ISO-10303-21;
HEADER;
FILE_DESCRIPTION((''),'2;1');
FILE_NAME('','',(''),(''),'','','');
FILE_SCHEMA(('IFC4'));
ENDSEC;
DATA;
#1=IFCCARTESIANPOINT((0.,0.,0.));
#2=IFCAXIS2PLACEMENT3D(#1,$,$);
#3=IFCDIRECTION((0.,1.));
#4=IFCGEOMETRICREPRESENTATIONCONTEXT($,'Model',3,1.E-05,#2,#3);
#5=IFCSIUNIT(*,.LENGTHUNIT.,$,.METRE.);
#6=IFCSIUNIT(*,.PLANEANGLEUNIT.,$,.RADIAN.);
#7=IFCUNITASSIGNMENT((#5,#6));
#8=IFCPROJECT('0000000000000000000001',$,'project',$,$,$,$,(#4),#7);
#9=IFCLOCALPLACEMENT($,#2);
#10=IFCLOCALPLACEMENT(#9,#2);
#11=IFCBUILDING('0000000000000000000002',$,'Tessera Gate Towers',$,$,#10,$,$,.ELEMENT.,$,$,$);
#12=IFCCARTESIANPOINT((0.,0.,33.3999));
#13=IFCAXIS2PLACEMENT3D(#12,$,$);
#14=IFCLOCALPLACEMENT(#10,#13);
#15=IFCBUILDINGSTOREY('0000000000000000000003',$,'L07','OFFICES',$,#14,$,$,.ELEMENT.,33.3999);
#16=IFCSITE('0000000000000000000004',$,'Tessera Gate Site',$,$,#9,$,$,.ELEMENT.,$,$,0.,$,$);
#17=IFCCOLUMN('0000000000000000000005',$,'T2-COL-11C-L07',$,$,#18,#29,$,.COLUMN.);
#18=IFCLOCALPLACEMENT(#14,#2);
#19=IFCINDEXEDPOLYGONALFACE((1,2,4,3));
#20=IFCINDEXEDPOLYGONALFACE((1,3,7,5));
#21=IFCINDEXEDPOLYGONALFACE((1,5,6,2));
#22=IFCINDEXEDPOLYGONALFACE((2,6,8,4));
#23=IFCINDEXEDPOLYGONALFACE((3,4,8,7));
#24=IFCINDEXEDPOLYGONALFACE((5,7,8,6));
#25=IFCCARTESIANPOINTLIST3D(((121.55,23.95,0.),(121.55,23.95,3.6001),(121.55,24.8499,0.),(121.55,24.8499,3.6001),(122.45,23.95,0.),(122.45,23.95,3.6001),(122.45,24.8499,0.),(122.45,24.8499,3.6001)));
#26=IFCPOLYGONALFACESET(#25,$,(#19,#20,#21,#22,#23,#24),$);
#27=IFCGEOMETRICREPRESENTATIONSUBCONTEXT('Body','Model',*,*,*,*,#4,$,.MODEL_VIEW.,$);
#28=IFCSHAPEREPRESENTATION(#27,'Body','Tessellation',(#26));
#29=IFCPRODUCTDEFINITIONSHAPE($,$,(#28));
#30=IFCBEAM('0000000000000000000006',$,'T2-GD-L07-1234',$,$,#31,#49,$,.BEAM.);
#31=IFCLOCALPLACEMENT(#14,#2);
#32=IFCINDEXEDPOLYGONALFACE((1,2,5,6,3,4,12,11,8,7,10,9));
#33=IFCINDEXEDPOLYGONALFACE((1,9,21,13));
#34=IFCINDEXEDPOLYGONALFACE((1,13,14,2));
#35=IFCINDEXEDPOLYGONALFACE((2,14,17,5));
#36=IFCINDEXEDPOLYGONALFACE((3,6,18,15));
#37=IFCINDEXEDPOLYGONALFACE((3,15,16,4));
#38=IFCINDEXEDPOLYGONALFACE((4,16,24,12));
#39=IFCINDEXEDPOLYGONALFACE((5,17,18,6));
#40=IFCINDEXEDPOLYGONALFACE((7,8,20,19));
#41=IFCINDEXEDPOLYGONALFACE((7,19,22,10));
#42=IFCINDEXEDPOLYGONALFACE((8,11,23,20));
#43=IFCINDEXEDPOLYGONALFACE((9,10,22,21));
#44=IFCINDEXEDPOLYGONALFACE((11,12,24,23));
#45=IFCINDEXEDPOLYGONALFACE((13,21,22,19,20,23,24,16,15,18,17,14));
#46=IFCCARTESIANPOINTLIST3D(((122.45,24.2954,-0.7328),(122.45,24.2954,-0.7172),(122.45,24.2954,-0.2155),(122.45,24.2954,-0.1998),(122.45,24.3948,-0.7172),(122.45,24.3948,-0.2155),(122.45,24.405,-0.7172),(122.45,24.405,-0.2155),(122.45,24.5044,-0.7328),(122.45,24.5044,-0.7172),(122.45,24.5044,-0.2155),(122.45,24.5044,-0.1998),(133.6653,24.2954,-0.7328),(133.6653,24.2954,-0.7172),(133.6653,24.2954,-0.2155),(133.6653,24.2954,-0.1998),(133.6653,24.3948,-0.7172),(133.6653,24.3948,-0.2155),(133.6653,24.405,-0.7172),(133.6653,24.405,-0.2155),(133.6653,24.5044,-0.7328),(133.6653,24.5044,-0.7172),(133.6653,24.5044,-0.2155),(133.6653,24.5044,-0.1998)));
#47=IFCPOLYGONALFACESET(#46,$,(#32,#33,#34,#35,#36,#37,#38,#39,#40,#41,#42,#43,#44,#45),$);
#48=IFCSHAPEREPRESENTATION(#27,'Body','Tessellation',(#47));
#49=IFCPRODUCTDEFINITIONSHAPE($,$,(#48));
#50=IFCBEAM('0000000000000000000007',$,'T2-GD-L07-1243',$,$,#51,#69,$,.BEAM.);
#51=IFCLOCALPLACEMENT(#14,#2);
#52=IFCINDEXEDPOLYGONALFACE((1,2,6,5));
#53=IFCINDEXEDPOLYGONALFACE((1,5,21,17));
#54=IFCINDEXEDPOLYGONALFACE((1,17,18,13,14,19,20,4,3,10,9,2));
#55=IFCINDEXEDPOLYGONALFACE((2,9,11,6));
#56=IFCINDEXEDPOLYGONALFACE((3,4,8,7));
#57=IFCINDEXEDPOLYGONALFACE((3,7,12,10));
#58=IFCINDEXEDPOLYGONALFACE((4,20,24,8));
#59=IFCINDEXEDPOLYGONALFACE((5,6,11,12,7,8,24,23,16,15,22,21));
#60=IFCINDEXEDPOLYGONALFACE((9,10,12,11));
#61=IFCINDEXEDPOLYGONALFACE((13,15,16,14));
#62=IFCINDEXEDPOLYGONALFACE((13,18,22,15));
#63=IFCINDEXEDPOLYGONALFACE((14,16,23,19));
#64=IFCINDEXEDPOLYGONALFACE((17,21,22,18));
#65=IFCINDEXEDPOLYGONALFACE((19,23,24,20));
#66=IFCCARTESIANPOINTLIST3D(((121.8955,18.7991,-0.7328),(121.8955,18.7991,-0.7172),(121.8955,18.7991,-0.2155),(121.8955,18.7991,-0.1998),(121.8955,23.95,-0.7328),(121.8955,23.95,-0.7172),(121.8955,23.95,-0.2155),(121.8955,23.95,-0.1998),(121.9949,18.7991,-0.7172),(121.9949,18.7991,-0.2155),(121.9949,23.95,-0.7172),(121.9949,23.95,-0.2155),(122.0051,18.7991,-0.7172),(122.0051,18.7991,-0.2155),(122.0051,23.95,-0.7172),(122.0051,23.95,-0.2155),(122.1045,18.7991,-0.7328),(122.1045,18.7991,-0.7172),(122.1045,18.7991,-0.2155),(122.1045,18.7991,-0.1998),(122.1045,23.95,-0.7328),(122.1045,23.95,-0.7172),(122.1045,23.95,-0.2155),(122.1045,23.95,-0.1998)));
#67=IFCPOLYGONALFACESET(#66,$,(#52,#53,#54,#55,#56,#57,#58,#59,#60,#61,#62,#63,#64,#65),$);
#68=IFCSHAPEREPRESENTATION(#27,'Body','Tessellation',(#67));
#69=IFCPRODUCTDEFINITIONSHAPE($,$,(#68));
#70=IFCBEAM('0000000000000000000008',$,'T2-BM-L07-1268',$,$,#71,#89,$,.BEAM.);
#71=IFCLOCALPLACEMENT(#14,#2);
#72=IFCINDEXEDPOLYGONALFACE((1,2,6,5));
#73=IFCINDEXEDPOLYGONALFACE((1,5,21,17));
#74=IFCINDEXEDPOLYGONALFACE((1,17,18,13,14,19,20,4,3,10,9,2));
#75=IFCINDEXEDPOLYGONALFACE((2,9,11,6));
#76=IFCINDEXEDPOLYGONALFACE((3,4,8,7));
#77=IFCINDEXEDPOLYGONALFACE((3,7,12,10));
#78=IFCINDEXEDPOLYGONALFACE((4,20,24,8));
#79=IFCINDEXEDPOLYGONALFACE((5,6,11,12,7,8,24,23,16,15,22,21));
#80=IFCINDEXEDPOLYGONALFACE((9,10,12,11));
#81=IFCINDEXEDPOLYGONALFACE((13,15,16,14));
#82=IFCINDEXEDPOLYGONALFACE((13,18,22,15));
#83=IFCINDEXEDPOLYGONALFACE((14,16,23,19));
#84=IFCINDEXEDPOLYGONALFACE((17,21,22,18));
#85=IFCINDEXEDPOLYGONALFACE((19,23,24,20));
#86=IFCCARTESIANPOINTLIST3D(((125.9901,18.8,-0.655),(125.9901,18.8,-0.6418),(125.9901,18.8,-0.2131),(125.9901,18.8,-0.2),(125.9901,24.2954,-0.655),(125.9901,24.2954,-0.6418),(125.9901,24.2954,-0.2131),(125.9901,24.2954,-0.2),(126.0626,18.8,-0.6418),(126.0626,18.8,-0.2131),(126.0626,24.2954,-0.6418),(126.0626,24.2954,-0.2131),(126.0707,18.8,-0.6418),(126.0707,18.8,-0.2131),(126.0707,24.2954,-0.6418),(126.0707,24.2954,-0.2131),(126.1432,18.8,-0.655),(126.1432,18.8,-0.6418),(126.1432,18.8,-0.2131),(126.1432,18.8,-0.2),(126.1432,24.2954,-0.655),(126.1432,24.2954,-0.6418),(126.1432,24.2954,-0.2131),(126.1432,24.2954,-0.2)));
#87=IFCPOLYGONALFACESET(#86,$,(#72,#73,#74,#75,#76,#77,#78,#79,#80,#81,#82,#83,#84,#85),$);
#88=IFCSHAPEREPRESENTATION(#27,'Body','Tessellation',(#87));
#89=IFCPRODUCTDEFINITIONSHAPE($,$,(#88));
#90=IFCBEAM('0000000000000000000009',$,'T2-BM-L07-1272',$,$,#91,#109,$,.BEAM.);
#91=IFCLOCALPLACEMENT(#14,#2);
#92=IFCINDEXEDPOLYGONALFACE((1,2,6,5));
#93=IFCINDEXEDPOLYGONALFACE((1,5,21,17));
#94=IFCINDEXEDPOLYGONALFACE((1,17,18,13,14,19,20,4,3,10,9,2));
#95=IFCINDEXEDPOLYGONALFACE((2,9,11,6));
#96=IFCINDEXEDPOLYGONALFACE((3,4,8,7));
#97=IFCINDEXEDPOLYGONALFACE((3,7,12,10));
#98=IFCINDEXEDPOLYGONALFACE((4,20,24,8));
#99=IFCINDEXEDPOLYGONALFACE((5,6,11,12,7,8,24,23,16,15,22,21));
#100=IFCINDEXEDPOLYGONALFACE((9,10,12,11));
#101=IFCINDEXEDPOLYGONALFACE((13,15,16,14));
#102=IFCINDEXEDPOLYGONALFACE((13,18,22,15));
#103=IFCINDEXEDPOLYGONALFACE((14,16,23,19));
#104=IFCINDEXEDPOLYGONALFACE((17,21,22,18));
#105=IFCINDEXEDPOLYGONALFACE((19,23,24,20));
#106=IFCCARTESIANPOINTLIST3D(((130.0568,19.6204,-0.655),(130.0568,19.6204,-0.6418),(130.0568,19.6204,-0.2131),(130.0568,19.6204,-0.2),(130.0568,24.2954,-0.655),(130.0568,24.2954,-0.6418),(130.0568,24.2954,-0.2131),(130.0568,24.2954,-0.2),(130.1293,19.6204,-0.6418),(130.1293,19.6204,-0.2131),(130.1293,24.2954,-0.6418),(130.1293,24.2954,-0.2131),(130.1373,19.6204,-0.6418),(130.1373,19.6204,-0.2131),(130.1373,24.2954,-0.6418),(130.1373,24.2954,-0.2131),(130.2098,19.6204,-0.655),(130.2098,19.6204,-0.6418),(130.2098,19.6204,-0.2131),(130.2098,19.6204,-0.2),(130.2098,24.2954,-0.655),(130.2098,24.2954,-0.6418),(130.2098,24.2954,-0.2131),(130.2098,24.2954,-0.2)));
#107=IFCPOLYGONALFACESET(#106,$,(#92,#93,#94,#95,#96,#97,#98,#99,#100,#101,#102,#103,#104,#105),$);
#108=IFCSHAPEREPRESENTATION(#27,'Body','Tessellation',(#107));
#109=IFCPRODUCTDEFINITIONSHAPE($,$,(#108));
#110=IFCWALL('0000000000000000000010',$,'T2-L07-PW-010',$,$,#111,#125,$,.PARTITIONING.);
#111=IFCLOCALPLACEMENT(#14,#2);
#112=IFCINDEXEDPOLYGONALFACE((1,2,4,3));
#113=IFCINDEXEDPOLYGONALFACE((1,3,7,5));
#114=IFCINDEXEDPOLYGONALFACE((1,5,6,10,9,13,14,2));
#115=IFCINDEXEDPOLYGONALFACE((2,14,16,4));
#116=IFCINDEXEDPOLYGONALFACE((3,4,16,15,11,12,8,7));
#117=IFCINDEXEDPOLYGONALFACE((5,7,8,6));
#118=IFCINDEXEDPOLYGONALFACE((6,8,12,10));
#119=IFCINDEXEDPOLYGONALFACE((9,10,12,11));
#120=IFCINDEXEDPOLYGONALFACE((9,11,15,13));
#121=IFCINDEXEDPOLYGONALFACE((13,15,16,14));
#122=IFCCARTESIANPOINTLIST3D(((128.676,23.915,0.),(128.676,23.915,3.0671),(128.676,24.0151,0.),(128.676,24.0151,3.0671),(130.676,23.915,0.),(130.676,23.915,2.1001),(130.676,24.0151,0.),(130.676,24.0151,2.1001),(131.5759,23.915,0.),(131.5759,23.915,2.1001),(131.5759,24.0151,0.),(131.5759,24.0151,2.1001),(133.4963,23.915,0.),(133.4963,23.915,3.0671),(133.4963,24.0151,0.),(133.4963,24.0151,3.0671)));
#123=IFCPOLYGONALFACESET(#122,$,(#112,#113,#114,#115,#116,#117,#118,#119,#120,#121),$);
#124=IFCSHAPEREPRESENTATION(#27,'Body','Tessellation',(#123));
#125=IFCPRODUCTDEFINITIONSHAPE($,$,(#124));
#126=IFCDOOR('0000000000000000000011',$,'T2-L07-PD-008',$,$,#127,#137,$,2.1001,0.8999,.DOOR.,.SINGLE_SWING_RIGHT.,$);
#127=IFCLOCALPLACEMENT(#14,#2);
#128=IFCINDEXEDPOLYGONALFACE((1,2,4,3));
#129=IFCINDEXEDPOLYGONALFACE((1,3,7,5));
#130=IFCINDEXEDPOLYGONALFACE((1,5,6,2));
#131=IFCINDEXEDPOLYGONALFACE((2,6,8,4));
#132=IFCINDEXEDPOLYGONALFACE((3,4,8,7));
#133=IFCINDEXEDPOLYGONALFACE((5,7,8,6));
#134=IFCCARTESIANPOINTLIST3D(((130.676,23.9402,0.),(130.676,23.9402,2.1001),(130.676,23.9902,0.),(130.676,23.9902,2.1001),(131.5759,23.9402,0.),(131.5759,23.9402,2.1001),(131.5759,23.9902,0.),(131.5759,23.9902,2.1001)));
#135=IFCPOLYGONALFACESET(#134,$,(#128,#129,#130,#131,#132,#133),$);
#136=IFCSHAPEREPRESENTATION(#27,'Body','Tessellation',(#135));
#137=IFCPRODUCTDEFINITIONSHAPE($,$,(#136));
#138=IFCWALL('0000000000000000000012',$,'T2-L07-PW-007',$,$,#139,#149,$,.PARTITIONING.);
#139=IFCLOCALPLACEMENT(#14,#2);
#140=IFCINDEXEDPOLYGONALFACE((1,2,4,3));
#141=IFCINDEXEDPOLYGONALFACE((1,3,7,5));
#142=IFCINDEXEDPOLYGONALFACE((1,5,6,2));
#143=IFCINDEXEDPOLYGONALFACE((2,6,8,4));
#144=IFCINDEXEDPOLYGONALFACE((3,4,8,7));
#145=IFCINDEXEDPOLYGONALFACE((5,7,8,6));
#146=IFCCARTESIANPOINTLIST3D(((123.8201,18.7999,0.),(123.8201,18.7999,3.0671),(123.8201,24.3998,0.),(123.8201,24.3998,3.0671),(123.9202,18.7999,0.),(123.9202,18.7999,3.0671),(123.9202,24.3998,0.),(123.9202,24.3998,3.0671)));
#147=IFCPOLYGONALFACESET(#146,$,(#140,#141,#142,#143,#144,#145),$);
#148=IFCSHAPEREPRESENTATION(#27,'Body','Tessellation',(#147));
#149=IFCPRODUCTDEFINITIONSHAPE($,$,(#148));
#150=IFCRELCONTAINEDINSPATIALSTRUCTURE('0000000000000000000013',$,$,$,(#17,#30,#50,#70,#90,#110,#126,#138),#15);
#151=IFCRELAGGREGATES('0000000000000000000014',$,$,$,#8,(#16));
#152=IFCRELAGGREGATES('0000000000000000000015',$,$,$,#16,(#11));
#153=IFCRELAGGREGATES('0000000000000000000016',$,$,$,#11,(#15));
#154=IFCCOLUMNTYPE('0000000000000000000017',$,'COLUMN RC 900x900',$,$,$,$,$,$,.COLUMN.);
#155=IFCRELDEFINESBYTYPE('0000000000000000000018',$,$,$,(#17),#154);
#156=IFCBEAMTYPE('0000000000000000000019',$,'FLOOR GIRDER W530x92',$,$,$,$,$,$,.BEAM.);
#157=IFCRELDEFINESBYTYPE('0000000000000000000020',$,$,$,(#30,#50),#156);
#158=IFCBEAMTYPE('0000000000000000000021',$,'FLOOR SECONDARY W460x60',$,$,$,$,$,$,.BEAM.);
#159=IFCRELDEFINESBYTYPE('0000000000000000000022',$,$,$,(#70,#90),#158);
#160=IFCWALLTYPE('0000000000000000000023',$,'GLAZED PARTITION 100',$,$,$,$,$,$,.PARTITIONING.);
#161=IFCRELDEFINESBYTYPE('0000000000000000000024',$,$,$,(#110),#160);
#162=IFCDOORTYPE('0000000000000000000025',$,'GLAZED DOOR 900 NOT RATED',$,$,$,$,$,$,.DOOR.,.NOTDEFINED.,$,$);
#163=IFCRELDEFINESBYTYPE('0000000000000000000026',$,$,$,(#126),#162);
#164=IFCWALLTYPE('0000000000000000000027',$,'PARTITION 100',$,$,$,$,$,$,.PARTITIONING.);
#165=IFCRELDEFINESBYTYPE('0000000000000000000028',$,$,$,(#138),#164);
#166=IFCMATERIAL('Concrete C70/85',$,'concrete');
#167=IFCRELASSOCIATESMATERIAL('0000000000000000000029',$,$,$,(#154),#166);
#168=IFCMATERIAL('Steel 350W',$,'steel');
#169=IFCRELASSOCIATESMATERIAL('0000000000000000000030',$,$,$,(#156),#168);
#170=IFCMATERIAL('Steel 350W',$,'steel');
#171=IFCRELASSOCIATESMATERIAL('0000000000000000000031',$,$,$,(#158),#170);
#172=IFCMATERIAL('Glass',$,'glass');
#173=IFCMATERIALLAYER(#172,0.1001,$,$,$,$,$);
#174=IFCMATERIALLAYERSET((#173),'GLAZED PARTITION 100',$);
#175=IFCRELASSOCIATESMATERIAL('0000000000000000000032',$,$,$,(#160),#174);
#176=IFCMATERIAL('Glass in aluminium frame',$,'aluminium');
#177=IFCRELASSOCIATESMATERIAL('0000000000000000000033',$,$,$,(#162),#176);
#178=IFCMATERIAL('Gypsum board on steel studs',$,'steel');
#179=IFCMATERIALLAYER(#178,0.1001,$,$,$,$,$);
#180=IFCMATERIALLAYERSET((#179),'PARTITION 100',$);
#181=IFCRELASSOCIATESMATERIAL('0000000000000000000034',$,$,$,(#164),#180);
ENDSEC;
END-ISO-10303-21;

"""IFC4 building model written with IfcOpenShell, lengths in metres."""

from ifc_helpers import new_model, si_unit, direction, frame, frame_2d, origin, origin_2d, place, context, subcontext, project, spatial, rectangle, i_section, extrude, source, transform, mapped, material, layer, layer_set, material_profile, profile_set, type_object, element, fill, save


model = new_model("IFC4")

# Units and contexts
model_context = context("Model", 3, precision=1e-05, world=origin(), true_north=direction((0.0, 1.0)))
body_context = subcontext(model_context, "Body", "Model", "MODEL_VIEW")
ifc_project = project(units=[si_unit("LENGTHUNIT", "METRE"), si_unit("PLANEANGLEUNIT", "RADIAN")], contexts=[model_context])

# Site, building, storey
site_placement = place(None, origin())
site = spatial("IfcSite", under=ifc_project, at=site_placement, Name="Tessera Gate Site", CompositionType="ELEMENT", RefElevation=0.0)
building_placement = place(site_placement, origin())
building = spatial("IfcBuilding", under=site, at=building_placement, Name="Tessera Gate Towers", CompositionType="ELEMENT")
storey_placement = place(building_placement, frame((0.0, 0.0, 33.3999)))
storey = spatial("IfcBuildingStorey", under=building, at=storey_placement, Name="L07", Description="OFFICES", CompositionType="ELEMENT", Elevation=33.3999)

# Column
ifc_material_1 = material(Name="Concrete C70/85", Category="concrete")
ifc_material_profile_1 = material_profile(ifc_material_1, rectangle(XDim=0.8999, YDim=0.8999, at=origin_2d()), Name="RC 900x900")
ifc_profile_set_1 = profile_set([ifc_material_profile_1], Name="Concrete C70/85")
column_type = type_object("IfcColumnType", Name="COLUMN RC 900x900", PredefinedType="COLUMN", material=ifc_profile_set_1)
column_placement = place(storey_placement, frame((122.0, 24.3999, 0.0), z_axis=(0.0, 0.0, 1.0), x_axis=(1.0, 0.0, 0.0)))
element("IfcColumn", 1, at=column_placement, inside=storey, type_object=column_type, Name="T2-COL-11C-L07", PredefinedType="COLUMN", context=body_context, shape_type="SweptSolid", body=[
    extrude(rectangle(XDim=0.8999, YDim=0.8999, at=origin_2d()), origin(), (0.0, 0.0, 1.0), 3.6001),
])

# Beams
ifc_material_2 = material(Name="Steel 350W", Category="steel")
ifc_material_profile_2 = material_profile(ifc_material_2, i_section(OverallWidth=0.209, OverallDepth=0.533, WebThickness=0.0103, FlangeThickness=0.0156, at=origin_2d()), Name="W530x92")
ifc_profile_set_2 = profile_set([ifc_material_profile_2], Name="Steel 350W")
beam_type_1 = type_object("IfcBeamType", Name="FLOOR GIRDER W530x92", PredefinedType="BEAM", material=ifc_profile_set_2)
beam_1_placement = place(storey_placement, frame((122.45, 24.3999, -0.4663), z_axis=(1.0, 0.0, 0.0), x_axis=(0.0, 1.0, 0.0)))
element("IfcBeam", 2, at=beam_1_placement, inside=storey, type_object=beam_type_1, Name="T2-GD-L07-1234", PredefinedType="BEAM", context=body_context, shape_type="SweptSolid", body=[
    extrude(i_section(OverallWidth=0.209, OverallDepth=0.533, WebThickness=0.0103, FlangeThickness=0.0156, at=origin_2d()), origin(), (0.0, 0.0, 1.0), 11.2153),
])
beam_2_placement = place(storey_placement, frame((122.0, 18.7991, -0.4663), z_axis=(0.0, 1.0, 0.0), x_axis=(-1.0, 0.0, 0.0)))
element("IfcBeam", 3, at=beam_2_placement, inside=storey, type_object=beam_type_1, Name="T2-GD-L07-1243", PredefinedType="BEAM", context=body_context, shape_type="SweptSolid", body=[
    extrude(i_section(OverallWidth=0.209, OverallDepth=0.533, WebThickness=0.0103, FlangeThickness=0.0156, at=origin_2d()), origin(), (0.0, 0.0, 1.0), 5.1509),
])
ifc_material_3 = material(Name="Steel 350W", Category="steel")
ifc_material_profile_3 = material_profile(ifc_material_3, i_section(OverallWidth=0.1531, OverallDepth=0.4551, WebThickness=0.0081, FlangeThickness=0.0132, at=origin_2d()), Name="W460x60")
ifc_profile_set_3 = profile_set([ifc_material_profile_3], Name="Steel 350W")
beam_type_2 = type_object("IfcBeamType", Name="FLOOR SECONDARY W460x60", PredefinedType="BEAM", material=ifc_profile_set_3)
beam_3_placement = place(storey_placement, frame((126.0667, 18.8, -0.4275), z_axis=(0.0, 1.0, 0.0), x_axis=(-1.0, 0.0, 0.0)))
element("IfcBeam", 4, at=beam_3_placement, inside=storey, type_object=beam_type_2, Name="T2-BM-L07-1268", PredefinedType="BEAM", context=body_context, shape_type="SweptSolid", body=[
    extrude(i_section(OverallWidth=0.1531, OverallDepth=0.4551, WebThickness=0.0081, FlangeThickness=0.0132, at=origin_2d()), origin(), (0.0, 0.0, 1.0), 5.4954),
])
beam_4_placement = place(storey_placement, frame((130.1333, 19.6204, -0.4275), z_axis=(0.0, 1.0, 0.0), x_axis=(-1.0, 0.0, 0.0)))
element("IfcBeam", 5, at=beam_4_placement, inside=storey, type_object=beam_type_2, Name="T2-BM-L07-1272", PredefinedType="BEAM", context=body_context, shape_type="SweptSolid", body=[
    extrude(i_section(OverallWidth=0.1531, OverallDepth=0.4551, WebThickness=0.0081, FlangeThickness=0.0132, at=origin_2d()), origin(), (0.0, 0.0, 1.0), 4.675),
])

# Wall, opening, door
ifc_material_4 = material(Name="Glass", Category="glass")
ifc_layer_1 = layer(ifc_material_4, 0.1001)
ifc_layer_set_1 = layer_set([ifc_layer_1], Name="GLAZED PARTITION 100")
wall_type_1 = type_object("IfcWallType", Name="GLAZED PARTITION 100", PredefinedType="PARTITIONING", material=ifc_layer_set_1)
wall_1_placement = place(storey_placement, frame((133.4963, 23.9651, 0.0), z_axis=(0.0, 0.0, 1.0), x_axis=(-1.0, 0.0, 0.0)))
wall_1 = element("IfcWall", 6, at=wall_1_placement, inside=storey, type_object=wall_type_1, Name="T2-L07-PW-010", PredefinedType="PARTITIONING", context=body_context, shape_type="SweptSolid", body=[
    extrude(rectangle(XDim=4.8203, YDim=0.1001, at=frame_2d((2.4102, 0.0))), origin(), (0.0, 0.0, 1.0), 3.0671),
])
shared_shape_1 = source(origin(), body_context, "Body", "SweptSolid", [
    extrude(rectangle(XDim=0.8999, YDim=2.1001, at=frame_2d((0.45, 1.05))), frame((0.0, 0.0601, 0.0), z_axis=(0.0, -1.0, 0.0), x_axis=(1.0, 0.0, 0.0)), (0.0, 0.0, 1.0), 0.1201),
])
opening_1_placement = place(wall_1_placement, frame((1.9204, 0.0, 0.0)))
opening_1 = element("IfcOpeningElement", 7, at=opening_1_placement, cuts=wall_1, PredefinedType="OPENING", context=body_context, shape_type="MappedRepresentation", body=[
    mapped(shared_shape_1, transform((0.0, 0.0, 0.0), scale=1.0)),
])
ifc_material_5 = material(Name="Glass in aluminium frame", Category="aluminium")
door_type_1 = type_object("IfcDoorType", Name="GLAZED DOOR 900 NOT RATED", OperationType="NOTDEFINED", PredefinedType="DOOR", material=ifc_material_5)
shared_shape_2 = source(origin(), body_context, "Body", "SweptSolid", [
    extrude(rectangle(XDim=0.8999, YDim=2.1001, at=frame_2d((0.45, 1.05))), frame((0.0, 0.0249, 0.0), z_axis=(0.0, -1.0, 0.0), x_axis=(1.0, 0.0, 0.0)), (0.0, 0.0, 1.0), 0.05),
])
door_1_placement = place(opening_1_placement, origin())
door_1 = element("IfcDoor", 8, at=door_1_placement, inside=storey, type_object=door_type_1, Name="T2-L07-PD-008", OperationType="SINGLE_SWING_RIGHT", OverallHeight=2.1001, OverallWidth=0.8999, PredefinedType="DOOR", context=body_context, shape_type="MappedRepresentation", body=[
    mapped(shared_shape_2, transform((0.0, 0.0, 0.0), scale=1.0)),
])
fill(opening_1, door_1)

# Wall
ifc_material_6 = material(Name="Gypsum board on steel studs", Category="steel")
ifc_layer_2 = layer(ifc_material_6, 0.1001)
ifc_layer_set_2 = layer_set([ifc_layer_2], Name="PARTITION 100")
wall_type_2 = type_object("IfcWallType", Name="PARTITION 100", PredefinedType="PARTITIONING", material=ifc_layer_set_2)
wall_2_placement = place(storey_placement, frame((123.8701, 18.8, 0.0), z_axis=(0.0, 0.0, 1.0), x_axis=(0.0, 1.0, 0.0)))
element("IfcWall", 9, at=wall_2_placement, inside=storey, type_object=wall_type_2, Name="T2-L07-PW-007", PredefinedType="PARTITIONING", context=body_context, shape_type="SweptSolid", body=[
    extrude(rectangle(XDim=5.5999, YDim=0.1001, at=frame_2d((2.7998, 0.0))), origin(), (0.0, 0.0, 1.0), 3.0671),
])

save(model, "model.ifc")
